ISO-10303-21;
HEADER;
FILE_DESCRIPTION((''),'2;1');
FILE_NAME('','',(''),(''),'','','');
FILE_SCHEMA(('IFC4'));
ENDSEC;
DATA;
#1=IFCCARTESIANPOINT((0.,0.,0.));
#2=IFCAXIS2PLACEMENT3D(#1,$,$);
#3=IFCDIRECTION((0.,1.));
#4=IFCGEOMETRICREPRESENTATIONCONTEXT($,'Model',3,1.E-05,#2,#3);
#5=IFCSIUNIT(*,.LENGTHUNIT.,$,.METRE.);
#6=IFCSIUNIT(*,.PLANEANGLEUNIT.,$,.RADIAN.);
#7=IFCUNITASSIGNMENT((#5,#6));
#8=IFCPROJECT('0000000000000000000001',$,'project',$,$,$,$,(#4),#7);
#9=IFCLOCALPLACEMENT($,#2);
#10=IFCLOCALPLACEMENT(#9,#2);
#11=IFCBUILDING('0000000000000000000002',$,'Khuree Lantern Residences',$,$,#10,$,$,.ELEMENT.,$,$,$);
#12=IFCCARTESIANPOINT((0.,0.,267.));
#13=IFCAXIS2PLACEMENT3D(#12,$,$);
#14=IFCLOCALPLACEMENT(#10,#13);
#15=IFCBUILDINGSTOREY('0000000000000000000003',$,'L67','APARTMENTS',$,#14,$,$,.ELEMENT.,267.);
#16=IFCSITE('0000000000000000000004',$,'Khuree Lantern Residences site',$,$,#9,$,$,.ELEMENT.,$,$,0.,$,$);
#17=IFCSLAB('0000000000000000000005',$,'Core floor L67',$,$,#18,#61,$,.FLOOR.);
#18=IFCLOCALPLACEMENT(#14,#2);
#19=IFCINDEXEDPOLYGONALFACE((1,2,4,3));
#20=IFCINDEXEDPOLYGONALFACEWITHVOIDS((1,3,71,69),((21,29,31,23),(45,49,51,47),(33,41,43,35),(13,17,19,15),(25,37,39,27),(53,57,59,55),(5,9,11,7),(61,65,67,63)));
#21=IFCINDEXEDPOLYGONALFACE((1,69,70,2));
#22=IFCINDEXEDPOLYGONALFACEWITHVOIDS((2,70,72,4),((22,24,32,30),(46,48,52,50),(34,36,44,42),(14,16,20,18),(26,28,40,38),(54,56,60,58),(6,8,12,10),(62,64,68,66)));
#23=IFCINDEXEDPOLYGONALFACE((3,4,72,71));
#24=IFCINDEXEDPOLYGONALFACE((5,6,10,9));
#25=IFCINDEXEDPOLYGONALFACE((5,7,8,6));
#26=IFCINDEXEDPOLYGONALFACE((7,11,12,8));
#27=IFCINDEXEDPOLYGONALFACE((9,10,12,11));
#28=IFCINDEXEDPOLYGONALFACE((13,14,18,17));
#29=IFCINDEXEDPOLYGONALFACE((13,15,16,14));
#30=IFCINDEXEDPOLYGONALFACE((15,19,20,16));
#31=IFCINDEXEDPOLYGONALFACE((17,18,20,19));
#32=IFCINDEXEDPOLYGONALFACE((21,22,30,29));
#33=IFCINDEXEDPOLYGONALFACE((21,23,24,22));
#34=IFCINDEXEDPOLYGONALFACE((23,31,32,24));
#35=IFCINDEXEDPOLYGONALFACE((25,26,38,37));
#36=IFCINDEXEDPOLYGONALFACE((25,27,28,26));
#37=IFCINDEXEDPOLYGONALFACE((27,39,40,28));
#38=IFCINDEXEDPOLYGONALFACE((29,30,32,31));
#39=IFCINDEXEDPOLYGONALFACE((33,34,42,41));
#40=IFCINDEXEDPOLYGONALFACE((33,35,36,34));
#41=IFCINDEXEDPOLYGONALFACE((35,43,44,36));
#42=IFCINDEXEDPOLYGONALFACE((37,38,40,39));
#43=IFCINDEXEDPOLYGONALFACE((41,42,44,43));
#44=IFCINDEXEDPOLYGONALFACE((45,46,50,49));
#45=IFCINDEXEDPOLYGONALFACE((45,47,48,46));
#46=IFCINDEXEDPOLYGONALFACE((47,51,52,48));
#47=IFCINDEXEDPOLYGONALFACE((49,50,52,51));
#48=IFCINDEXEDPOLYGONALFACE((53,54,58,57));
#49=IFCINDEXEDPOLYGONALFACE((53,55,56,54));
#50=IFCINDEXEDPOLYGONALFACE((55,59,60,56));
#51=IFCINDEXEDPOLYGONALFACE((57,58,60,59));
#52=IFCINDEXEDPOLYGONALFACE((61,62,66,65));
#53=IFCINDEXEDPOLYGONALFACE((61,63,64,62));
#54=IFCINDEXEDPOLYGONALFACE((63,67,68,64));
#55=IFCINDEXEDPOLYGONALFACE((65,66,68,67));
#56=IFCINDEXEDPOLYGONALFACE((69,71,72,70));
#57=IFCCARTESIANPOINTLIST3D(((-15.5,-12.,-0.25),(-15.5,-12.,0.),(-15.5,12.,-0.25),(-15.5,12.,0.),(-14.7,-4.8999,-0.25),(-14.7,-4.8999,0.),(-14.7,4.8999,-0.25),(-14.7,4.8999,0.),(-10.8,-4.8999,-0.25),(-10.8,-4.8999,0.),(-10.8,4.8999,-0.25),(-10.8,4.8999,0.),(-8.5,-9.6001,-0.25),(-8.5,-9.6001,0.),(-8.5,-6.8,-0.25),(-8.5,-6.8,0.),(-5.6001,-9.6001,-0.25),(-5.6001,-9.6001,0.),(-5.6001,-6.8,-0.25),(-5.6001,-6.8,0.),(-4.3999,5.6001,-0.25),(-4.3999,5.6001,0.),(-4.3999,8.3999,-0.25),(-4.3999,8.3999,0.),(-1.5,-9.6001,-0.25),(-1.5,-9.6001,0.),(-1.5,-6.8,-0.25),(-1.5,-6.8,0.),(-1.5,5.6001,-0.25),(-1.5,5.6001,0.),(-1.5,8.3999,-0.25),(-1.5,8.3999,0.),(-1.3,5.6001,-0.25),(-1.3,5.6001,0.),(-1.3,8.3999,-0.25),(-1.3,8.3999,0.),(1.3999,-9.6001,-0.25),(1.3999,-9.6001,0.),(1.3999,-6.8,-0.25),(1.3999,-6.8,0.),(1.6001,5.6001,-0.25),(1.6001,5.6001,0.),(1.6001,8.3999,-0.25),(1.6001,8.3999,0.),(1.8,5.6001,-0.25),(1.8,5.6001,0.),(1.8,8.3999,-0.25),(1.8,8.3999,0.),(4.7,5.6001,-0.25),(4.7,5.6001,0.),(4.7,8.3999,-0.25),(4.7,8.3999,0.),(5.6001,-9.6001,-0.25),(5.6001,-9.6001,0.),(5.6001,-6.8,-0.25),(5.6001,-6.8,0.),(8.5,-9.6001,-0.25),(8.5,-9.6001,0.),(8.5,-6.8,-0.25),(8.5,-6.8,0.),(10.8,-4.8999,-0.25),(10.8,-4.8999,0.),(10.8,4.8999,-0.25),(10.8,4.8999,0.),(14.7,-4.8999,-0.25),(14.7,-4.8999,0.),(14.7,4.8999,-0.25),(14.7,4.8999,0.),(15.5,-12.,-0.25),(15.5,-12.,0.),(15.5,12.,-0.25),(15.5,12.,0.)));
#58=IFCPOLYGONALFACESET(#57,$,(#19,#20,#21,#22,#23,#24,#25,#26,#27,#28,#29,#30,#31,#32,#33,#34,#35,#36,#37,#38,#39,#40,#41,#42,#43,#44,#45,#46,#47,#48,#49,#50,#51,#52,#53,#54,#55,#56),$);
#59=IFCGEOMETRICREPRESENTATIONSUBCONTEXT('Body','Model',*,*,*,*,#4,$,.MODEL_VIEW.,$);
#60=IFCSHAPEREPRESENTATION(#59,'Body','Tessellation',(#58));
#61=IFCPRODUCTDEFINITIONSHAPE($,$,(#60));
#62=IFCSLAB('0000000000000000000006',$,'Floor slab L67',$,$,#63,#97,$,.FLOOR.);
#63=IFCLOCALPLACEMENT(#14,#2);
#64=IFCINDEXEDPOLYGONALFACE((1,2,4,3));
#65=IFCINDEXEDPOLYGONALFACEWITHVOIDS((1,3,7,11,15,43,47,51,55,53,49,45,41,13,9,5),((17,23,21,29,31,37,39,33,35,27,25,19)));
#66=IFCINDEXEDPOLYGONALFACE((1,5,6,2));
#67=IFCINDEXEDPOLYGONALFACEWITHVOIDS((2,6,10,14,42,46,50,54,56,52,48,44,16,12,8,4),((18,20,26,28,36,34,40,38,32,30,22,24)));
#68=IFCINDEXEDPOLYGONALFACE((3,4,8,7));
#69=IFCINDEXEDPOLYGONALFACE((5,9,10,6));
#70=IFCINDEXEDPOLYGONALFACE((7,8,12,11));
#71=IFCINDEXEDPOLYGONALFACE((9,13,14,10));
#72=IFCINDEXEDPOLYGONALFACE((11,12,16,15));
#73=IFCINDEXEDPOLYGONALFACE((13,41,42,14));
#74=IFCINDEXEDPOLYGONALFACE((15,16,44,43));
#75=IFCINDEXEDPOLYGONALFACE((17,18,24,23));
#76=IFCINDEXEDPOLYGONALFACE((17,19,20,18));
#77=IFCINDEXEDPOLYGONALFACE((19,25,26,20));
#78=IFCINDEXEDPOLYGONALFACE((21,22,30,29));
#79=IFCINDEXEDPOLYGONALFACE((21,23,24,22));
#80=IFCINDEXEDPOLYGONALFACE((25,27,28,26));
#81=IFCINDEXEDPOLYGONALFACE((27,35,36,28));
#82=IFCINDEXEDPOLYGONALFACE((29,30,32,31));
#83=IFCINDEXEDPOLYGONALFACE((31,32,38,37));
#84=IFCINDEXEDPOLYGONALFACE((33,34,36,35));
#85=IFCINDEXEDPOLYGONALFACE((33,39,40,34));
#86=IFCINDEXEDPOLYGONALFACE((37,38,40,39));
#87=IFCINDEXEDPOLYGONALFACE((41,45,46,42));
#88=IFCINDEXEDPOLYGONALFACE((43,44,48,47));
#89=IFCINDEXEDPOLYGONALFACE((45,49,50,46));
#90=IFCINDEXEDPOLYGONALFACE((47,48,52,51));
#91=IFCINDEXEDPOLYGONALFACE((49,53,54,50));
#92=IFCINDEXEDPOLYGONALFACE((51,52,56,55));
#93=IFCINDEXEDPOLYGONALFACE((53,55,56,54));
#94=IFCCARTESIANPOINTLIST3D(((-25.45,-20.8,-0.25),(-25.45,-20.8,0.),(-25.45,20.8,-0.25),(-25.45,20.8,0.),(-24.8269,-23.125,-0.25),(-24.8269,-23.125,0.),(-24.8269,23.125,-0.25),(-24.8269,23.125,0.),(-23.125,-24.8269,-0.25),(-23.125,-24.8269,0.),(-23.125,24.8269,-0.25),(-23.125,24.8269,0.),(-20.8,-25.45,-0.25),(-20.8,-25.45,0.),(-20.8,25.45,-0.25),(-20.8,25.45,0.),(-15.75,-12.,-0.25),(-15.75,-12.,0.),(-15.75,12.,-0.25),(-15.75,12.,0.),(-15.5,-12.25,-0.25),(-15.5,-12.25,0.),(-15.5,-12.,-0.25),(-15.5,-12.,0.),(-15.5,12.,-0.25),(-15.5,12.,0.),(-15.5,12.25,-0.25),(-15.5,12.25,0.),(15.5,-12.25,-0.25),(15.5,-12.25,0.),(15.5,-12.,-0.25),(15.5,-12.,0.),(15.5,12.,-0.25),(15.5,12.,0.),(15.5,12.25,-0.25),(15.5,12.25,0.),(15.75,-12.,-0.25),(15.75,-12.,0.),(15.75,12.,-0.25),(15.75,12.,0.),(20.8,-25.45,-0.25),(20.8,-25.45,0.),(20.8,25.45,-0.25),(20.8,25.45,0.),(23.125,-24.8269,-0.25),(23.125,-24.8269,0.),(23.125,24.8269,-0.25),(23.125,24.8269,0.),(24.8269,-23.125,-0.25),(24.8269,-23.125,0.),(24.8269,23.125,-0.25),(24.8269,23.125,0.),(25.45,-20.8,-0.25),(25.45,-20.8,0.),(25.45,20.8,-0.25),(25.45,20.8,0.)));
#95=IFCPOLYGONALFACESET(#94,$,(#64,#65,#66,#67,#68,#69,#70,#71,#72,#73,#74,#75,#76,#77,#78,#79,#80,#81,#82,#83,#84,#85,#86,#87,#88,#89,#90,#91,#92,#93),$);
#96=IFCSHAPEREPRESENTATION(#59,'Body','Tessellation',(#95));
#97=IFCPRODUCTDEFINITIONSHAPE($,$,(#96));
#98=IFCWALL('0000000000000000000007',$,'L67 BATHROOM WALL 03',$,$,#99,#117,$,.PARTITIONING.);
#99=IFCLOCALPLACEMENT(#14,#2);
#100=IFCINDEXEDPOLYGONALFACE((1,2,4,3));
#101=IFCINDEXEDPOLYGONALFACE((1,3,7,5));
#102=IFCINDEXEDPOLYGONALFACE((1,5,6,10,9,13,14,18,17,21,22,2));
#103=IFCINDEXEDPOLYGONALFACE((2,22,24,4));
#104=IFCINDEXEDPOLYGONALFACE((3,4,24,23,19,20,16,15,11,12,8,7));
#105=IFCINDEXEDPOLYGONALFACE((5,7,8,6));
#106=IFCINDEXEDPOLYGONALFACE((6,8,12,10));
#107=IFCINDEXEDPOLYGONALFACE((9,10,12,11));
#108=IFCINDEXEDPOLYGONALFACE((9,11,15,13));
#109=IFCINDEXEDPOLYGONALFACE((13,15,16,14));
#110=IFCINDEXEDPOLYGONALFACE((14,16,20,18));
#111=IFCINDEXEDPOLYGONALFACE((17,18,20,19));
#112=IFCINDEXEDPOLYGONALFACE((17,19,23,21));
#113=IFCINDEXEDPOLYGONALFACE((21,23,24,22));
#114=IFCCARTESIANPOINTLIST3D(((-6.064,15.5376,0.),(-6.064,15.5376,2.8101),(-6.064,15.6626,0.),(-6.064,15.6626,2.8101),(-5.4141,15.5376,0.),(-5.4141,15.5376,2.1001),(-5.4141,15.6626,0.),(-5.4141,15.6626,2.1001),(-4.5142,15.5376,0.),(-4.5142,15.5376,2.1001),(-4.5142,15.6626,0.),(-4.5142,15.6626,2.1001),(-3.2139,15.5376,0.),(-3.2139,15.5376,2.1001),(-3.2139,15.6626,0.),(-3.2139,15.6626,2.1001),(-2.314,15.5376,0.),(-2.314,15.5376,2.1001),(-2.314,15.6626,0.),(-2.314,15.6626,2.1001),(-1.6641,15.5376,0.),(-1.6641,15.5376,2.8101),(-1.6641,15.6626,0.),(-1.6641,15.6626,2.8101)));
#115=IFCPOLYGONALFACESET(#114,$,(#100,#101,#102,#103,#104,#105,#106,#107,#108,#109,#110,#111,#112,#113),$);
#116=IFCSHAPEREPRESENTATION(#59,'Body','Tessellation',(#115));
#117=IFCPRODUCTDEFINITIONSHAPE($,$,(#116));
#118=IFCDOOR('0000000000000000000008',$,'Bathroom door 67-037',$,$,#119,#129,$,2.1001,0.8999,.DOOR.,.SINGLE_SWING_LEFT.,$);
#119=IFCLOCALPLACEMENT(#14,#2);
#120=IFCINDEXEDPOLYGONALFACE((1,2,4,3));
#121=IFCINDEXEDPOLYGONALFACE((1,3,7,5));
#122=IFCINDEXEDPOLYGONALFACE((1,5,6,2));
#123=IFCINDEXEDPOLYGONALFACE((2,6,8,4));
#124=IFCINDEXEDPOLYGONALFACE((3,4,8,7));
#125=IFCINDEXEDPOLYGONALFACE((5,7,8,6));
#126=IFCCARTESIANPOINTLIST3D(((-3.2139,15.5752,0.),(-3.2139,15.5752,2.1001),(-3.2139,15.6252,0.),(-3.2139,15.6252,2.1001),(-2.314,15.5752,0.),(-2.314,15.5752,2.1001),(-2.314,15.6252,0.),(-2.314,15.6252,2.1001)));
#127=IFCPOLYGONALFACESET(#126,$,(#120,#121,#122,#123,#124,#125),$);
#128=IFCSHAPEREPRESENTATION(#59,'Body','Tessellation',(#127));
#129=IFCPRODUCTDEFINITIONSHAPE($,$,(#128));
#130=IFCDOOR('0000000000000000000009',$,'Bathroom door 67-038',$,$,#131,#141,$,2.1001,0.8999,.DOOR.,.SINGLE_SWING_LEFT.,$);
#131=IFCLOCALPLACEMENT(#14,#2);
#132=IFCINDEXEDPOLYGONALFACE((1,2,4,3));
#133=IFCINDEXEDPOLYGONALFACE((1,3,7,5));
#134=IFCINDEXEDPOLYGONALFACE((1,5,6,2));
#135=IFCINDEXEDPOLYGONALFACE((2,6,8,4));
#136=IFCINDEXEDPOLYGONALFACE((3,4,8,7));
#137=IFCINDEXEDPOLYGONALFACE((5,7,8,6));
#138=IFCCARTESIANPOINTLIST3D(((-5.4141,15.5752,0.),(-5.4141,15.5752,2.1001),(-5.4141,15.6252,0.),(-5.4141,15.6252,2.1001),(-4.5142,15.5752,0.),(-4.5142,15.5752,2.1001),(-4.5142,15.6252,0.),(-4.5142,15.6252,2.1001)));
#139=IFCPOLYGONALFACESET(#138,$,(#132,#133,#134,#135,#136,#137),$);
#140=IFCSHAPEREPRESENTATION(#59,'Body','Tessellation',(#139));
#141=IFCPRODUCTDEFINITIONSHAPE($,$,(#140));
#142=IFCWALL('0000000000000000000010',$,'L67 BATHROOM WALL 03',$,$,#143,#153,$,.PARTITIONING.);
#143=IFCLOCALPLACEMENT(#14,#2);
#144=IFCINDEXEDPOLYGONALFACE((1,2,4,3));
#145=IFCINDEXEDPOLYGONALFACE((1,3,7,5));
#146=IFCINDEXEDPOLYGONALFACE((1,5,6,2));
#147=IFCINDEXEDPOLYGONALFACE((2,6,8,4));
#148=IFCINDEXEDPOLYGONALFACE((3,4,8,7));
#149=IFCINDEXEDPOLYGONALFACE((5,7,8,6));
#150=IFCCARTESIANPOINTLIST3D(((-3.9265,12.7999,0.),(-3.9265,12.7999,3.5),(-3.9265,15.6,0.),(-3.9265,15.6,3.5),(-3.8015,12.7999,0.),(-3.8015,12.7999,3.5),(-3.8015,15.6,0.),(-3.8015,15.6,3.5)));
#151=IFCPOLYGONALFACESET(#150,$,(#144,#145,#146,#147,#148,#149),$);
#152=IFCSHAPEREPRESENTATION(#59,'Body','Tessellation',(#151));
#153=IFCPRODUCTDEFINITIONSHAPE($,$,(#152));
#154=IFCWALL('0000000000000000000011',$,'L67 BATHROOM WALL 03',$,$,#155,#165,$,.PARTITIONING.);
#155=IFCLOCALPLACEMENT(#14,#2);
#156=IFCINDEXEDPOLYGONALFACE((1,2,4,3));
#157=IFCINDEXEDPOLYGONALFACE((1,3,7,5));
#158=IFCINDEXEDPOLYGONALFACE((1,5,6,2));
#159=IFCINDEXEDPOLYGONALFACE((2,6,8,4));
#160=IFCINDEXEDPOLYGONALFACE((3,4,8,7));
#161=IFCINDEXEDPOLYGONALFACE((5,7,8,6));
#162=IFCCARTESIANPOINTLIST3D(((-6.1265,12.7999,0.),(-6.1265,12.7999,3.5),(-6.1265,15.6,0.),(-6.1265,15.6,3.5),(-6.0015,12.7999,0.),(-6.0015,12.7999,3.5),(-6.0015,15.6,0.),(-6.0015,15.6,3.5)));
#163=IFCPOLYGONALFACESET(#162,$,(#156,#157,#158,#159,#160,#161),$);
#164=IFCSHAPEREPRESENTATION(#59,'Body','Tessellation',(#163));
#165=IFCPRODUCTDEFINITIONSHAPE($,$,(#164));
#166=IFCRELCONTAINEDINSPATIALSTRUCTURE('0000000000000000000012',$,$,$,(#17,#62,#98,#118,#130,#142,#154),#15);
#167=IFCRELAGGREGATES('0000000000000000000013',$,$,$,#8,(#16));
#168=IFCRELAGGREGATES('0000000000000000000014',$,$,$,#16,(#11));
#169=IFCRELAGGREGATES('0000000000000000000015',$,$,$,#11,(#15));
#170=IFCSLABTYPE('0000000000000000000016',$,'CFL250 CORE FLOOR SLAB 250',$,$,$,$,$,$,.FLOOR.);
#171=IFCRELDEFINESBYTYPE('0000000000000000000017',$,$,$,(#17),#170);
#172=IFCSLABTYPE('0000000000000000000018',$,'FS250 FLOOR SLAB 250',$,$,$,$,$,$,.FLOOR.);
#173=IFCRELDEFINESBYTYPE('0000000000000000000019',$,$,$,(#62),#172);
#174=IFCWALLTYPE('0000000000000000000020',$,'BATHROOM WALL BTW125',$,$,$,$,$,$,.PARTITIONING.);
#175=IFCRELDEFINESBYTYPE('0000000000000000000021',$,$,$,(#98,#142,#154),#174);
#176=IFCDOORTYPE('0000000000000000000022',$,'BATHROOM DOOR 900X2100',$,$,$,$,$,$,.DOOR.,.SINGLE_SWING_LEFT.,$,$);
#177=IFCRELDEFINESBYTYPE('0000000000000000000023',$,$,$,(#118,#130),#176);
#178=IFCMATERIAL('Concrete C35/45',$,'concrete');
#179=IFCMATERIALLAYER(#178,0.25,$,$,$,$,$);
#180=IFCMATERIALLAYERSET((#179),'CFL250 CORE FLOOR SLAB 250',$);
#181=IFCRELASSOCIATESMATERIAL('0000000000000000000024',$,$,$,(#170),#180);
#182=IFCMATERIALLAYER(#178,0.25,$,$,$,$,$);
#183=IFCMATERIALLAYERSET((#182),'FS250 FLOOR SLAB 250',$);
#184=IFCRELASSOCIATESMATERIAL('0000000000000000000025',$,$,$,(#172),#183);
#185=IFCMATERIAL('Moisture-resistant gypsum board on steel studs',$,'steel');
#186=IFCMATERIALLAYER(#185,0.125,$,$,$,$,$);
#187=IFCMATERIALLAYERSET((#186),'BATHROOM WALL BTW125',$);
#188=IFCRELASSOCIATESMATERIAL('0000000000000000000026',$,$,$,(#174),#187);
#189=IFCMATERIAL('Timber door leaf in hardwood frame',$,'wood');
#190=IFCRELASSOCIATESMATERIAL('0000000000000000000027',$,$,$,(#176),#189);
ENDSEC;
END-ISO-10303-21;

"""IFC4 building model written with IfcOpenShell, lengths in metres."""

from ifc_helpers import new_model, si_unit, direction, frame, frame_2d, origin, place, context, subcontext, project, spatial, polyline, rectangle, outline, extrude, material, layer, layer_set, type_object, element, fill, save


model = new_model("IFC4")

# Units and contexts
model_context = context("Model", 3, precision=1e-05, world=origin(), true_north=direction((0.0, 1.0)))
body_context = subcontext(model_context, "Body", "Model", "MODEL_VIEW")
ifc_project = project(units=[si_unit("LENGTHUNIT", "METRE"), si_unit("PLANEANGLEUNIT", "RADIAN")], contexts=[model_context])

# Site, building, storey
site_placement = place(None, origin())
site = spatial("IfcSite", under=ifc_project, at=site_placement, Name="Khuree Lantern Residences site", CompositionType="ELEMENT", RefElevation=0.0)
building_placement = place(site_placement, origin())
building = spatial("IfcBuilding", under=site, at=building_placement, Name="Khuree Lantern Residences", CompositionType="ELEMENT")
storey_placement = place(building_placement, frame((0.0, 0.0, 267.0)))
storey = spatial("IfcBuildingStorey", under=building, at=storey_placement, Name="L67", Description="APARTMENTS", CompositionType="ELEMENT", Elevation=267.0)

# Slabs
ifc_material_1 = material(Name="Concrete C35/45", Category="concrete")
ifc_layer_1 = layer(ifc_material_1, 0.25)
ifc_layer_set_1 = layer_set([ifc_layer_1], Name="CFL250 CORE FLOOR SLAB 250")
slab_type_1 = type_object("IfcSlabType", Name="CFL250 CORE FLOOR SLAB 250", PredefinedType="FLOOR", material=ifc_layer_set_1)
slab_1_placement = place(storey_placement, frame((0.0, 0.0, -0.25)))
element("IfcSlab", 1, at=slab_1_placement, inside=storey, type_object=slab_type_1, Name="Core floor L67", PredefinedType="FLOOR", context=body_context, shape_type="SweptSolid", body=[
    extrude(outline(polyline([(-15.5, -12.0), (-15.5, 12.0), (15.5, 12.0), (15.5, -12.0), (-15.5, -12.0)]), holes=[polyline([(10.8, 4.8999), (10.8, -4.8999), (14.7, -4.8999), (14.7, 4.8999), (10.8, 4.8999)]), polyline([(5.6001, -6.8), (5.6001, -9.6001), (8.5, -9.6001), (8.5, -6.8), (5.6001, -6.8)]), polyline([(1.8, 8.3999), (1.8, 5.6001), (4.7, 5.6001), (4.7, 8.3999), (1.8, 8.3999)]), polyline([(-1.3, 8.3999), (-1.3, 5.6001), (1.6001, 5.6001), (1.6001, 8.3999), (-1.3, 8.3999)]), polyline([(-1.5, -6.8), (-1.5, -9.6001), (1.3999, -9.6001), (1.3999, -6.8), (-1.5, -6.8)]), polyline([(-4.3999, 8.3999), (-4.3999, 5.6001), (-1.5, 5.6001), (-1.5, 8.3999), (-4.3999, 8.3999)]), polyline([(-8.5, -6.8), (-8.5, -9.6001), (-5.6001, -9.6001), (-5.6001, -6.8), (-8.5, -6.8)]), polyline([(-14.7, 4.8999), (-14.7, -4.8999), (-10.8, -4.8999), (-10.8, 4.8999), (-14.7, 4.8999)])]), origin(), (0.0, 0.0, 1.0), 0.25),
])
ifc_layer_2 = layer(ifc_material_1, 0.25)
ifc_layer_set_2 = layer_set([ifc_layer_2], Name="FS250 FLOOR SLAB 250")
slab_type_2 = type_object("IfcSlabType", Name="FS250 FLOOR SLAB 250", PredefinedType="FLOOR", material=ifc_layer_set_2)
slab_2_placement = place(storey_placement, frame((0.0, 0.0, -0.25)))
element("IfcSlab", 2, at=slab_2_placement, inside=storey, type_object=slab_type_2, Name="Floor slab L67", PredefinedType="FLOOR", context=body_context, shape_type="SweptSolid", body=[
    extrude(outline(polyline([(-23.125, -24.8269), (-24.8269, -23.125), (-25.45, -20.8), (-25.45, 20.8), (-24.8269, 23.125), (-23.125, 24.8269), (-20.8, 25.45), (20.8, 25.45), (23.125, 24.8269), (24.8269, 23.125), (25.45, 20.8), (25.45, -20.8), (24.8269, -23.125), (23.125, -24.8269), (20.8, -25.45), (-20.8, -25.45), (-23.125, -24.8269)]), holes=[polyline([(15.75, 12.0), (15.5, 12.0), (15.5, 12.25), (-15.5, 12.25), (-15.5, 12.0), (-15.75, 12.0), (-15.75, -12.0), (-15.5, -12.0), (-15.5, -12.25), (15.5, -12.25), (15.5, -12.0), (15.75, -12.0), (15.75, 12.0)])]), origin(), (0.0, 0.0, 1.0), 0.25),
])

# Wall, openings, doors
ifc_material_2 = material(Name="Moisture-resistant gypsum board on steel studs", Category="steel")
ifc_layer_3 = layer(ifc_material_2, 0.125)
ifc_layer_set_3 = layer_set([ifc_layer_3], Name="BATHROOM WALL BTW125")
wall_type_1 = type_object("IfcWallType", Name="BATHROOM WALL BTW125", PredefinedType="PARTITIONING", material=ifc_layer_set_3)
wall_1_placement = place(storey_placement, frame((-1.6641, 15.6001, 0.0), z_axis=(0.0, 0.0, 1.0), x_axis=(-1.0, 0.0, 0.0)))
wall_1 = element("IfcWall", 3, at=wall_1_placement, inside=storey, type_object=wall_type_1, Name="L67 BATHROOM WALL 03", PredefinedType="PARTITIONING", context=body_context, shape_type="SweptSolid", body=[
    extrude(rectangle(XDim=4.3999, YDim=0.125, at=frame_2d((2.2, 0.0))), origin(), (0.0, 0.0, 1.0), 2.8101),
])
opening_1_placement = place(wall_1_placement, frame((0.6499, 0.0, 0.0)))
opening_1 = element("IfcOpeningElement", 4, at=opening_1_placement, cuts=wall_1, PredefinedType="OPENING", context=body_context, shape_type="SweptSolid", body=[
    extrude(rectangle(XDim=0.8999, YDim=2.1001, at=frame_2d((0.45, 1.05))), frame((0.0, 0.0725, 0.0), z_axis=(0.0, -1.0, 0.0), x_axis=(1.0, 0.0, 0.0)), (0.0, 0.0, 1.0), 0.145),
])
opening_2_placement = place(wall_1_placement, frame((2.8501, 0.0, 0.0)))
opening_2 = element("IfcOpeningElement", 5, at=opening_2_placement, cuts=wall_1, PredefinedType="OPENING", context=body_context, shape_type="SweptSolid", body=[
    extrude(rectangle(XDim=0.8999, YDim=2.1001, at=frame_2d((0.45, 1.05))), frame((0.0, 0.0725, 0.0), z_axis=(0.0, -1.0, 0.0), x_axis=(1.0, 0.0, 0.0)), (0.0, 0.0, 1.0), 0.145),
])
ifc_material_3 = material(Name="Timber door leaf in hardwood frame", Category="wood")
door_type_1 = type_object("IfcDoorType", Name="BATHROOM DOOR 900X2100", OperationType="SINGLE_SWING_LEFT", PredefinedType="DOOR", material=ifc_material_3)
door_1_placement = place(opening_1_placement, origin())
door_1 = element("IfcDoor", 6, at=door_1_placement, inside=storey, type_object=door_type_1, Name="Bathroom door 67-037", OperationType="SINGLE_SWING_LEFT", OverallHeight=2.1001, OverallWidth=0.8999, PredefinedType="DOOR", context=body_context, shape_type="SweptSolid", body=[
    extrude(rectangle(XDim=0.8999, YDim=2.1001, at=frame_2d((0.45, 1.05))), frame((0.0, 0.0249, 0.0), z_axis=(0.0, -1.0, 0.0), x_axis=(1.0, 0.0, 0.0)), (0.0, 0.0, 1.0), 0.05),
])
fill(opening_1, door_1)
door_2_placement = place(opening_2_placement, origin())
door_2 = element("IfcDoor", 7, at=door_2_placement, inside=storey, type_object=door_type_1, Name="Bathroom door 67-038", OperationType="SINGLE_SWING_LEFT", OverallHeight=2.1001, OverallWidth=0.8999, PredefinedType="DOOR", context=body_context, shape_type="SweptSolid", body=[
    extrude(rectangle(XDim=0.8999, YDim=2.1001, at=frame_2d((0.45, 1.05))), frame((0.0, 0.0249, 0.0), z_axis=(0.0, -1.0, 0.0), x_axis=(1.0, 0.0, 0.0)), (0.0, 0.0, 1.0), 0.05),
])
fill(opening_2, door_2)

# Walls
for number, where, z_axis, x_axis, name in (
    (8, (-3.864, 12.8, 0.0), (0.0, 0.0, 1.0), (0.0, 1.0, 0.0), "L67 BATHROOM WALL 03"),
    (9, (-6.064, 12.8, 0.0), (0.0, 0.0, 1.0), (0.0, 1.0, 0.0), "L67 BATHROOM WALL 03"),
):
    element("IfcWall", number, at=place(storey_placement, frame(where, z_axis=z_axis, x_axis=x_axis)), inside=storey, type_object=wall_type_1, Name=name, PredefinedType="PARTITIONING", context=body_context, shape_type="SweptSolid", body=[
        extrude(rectangle(XDim=2.8, YDim=0.125, at=frame_2d((1.3999, 0.0))), origin(), (0.0, 0.0, 1.0), 3.5),
    ])

save(model, "model.ifc")
